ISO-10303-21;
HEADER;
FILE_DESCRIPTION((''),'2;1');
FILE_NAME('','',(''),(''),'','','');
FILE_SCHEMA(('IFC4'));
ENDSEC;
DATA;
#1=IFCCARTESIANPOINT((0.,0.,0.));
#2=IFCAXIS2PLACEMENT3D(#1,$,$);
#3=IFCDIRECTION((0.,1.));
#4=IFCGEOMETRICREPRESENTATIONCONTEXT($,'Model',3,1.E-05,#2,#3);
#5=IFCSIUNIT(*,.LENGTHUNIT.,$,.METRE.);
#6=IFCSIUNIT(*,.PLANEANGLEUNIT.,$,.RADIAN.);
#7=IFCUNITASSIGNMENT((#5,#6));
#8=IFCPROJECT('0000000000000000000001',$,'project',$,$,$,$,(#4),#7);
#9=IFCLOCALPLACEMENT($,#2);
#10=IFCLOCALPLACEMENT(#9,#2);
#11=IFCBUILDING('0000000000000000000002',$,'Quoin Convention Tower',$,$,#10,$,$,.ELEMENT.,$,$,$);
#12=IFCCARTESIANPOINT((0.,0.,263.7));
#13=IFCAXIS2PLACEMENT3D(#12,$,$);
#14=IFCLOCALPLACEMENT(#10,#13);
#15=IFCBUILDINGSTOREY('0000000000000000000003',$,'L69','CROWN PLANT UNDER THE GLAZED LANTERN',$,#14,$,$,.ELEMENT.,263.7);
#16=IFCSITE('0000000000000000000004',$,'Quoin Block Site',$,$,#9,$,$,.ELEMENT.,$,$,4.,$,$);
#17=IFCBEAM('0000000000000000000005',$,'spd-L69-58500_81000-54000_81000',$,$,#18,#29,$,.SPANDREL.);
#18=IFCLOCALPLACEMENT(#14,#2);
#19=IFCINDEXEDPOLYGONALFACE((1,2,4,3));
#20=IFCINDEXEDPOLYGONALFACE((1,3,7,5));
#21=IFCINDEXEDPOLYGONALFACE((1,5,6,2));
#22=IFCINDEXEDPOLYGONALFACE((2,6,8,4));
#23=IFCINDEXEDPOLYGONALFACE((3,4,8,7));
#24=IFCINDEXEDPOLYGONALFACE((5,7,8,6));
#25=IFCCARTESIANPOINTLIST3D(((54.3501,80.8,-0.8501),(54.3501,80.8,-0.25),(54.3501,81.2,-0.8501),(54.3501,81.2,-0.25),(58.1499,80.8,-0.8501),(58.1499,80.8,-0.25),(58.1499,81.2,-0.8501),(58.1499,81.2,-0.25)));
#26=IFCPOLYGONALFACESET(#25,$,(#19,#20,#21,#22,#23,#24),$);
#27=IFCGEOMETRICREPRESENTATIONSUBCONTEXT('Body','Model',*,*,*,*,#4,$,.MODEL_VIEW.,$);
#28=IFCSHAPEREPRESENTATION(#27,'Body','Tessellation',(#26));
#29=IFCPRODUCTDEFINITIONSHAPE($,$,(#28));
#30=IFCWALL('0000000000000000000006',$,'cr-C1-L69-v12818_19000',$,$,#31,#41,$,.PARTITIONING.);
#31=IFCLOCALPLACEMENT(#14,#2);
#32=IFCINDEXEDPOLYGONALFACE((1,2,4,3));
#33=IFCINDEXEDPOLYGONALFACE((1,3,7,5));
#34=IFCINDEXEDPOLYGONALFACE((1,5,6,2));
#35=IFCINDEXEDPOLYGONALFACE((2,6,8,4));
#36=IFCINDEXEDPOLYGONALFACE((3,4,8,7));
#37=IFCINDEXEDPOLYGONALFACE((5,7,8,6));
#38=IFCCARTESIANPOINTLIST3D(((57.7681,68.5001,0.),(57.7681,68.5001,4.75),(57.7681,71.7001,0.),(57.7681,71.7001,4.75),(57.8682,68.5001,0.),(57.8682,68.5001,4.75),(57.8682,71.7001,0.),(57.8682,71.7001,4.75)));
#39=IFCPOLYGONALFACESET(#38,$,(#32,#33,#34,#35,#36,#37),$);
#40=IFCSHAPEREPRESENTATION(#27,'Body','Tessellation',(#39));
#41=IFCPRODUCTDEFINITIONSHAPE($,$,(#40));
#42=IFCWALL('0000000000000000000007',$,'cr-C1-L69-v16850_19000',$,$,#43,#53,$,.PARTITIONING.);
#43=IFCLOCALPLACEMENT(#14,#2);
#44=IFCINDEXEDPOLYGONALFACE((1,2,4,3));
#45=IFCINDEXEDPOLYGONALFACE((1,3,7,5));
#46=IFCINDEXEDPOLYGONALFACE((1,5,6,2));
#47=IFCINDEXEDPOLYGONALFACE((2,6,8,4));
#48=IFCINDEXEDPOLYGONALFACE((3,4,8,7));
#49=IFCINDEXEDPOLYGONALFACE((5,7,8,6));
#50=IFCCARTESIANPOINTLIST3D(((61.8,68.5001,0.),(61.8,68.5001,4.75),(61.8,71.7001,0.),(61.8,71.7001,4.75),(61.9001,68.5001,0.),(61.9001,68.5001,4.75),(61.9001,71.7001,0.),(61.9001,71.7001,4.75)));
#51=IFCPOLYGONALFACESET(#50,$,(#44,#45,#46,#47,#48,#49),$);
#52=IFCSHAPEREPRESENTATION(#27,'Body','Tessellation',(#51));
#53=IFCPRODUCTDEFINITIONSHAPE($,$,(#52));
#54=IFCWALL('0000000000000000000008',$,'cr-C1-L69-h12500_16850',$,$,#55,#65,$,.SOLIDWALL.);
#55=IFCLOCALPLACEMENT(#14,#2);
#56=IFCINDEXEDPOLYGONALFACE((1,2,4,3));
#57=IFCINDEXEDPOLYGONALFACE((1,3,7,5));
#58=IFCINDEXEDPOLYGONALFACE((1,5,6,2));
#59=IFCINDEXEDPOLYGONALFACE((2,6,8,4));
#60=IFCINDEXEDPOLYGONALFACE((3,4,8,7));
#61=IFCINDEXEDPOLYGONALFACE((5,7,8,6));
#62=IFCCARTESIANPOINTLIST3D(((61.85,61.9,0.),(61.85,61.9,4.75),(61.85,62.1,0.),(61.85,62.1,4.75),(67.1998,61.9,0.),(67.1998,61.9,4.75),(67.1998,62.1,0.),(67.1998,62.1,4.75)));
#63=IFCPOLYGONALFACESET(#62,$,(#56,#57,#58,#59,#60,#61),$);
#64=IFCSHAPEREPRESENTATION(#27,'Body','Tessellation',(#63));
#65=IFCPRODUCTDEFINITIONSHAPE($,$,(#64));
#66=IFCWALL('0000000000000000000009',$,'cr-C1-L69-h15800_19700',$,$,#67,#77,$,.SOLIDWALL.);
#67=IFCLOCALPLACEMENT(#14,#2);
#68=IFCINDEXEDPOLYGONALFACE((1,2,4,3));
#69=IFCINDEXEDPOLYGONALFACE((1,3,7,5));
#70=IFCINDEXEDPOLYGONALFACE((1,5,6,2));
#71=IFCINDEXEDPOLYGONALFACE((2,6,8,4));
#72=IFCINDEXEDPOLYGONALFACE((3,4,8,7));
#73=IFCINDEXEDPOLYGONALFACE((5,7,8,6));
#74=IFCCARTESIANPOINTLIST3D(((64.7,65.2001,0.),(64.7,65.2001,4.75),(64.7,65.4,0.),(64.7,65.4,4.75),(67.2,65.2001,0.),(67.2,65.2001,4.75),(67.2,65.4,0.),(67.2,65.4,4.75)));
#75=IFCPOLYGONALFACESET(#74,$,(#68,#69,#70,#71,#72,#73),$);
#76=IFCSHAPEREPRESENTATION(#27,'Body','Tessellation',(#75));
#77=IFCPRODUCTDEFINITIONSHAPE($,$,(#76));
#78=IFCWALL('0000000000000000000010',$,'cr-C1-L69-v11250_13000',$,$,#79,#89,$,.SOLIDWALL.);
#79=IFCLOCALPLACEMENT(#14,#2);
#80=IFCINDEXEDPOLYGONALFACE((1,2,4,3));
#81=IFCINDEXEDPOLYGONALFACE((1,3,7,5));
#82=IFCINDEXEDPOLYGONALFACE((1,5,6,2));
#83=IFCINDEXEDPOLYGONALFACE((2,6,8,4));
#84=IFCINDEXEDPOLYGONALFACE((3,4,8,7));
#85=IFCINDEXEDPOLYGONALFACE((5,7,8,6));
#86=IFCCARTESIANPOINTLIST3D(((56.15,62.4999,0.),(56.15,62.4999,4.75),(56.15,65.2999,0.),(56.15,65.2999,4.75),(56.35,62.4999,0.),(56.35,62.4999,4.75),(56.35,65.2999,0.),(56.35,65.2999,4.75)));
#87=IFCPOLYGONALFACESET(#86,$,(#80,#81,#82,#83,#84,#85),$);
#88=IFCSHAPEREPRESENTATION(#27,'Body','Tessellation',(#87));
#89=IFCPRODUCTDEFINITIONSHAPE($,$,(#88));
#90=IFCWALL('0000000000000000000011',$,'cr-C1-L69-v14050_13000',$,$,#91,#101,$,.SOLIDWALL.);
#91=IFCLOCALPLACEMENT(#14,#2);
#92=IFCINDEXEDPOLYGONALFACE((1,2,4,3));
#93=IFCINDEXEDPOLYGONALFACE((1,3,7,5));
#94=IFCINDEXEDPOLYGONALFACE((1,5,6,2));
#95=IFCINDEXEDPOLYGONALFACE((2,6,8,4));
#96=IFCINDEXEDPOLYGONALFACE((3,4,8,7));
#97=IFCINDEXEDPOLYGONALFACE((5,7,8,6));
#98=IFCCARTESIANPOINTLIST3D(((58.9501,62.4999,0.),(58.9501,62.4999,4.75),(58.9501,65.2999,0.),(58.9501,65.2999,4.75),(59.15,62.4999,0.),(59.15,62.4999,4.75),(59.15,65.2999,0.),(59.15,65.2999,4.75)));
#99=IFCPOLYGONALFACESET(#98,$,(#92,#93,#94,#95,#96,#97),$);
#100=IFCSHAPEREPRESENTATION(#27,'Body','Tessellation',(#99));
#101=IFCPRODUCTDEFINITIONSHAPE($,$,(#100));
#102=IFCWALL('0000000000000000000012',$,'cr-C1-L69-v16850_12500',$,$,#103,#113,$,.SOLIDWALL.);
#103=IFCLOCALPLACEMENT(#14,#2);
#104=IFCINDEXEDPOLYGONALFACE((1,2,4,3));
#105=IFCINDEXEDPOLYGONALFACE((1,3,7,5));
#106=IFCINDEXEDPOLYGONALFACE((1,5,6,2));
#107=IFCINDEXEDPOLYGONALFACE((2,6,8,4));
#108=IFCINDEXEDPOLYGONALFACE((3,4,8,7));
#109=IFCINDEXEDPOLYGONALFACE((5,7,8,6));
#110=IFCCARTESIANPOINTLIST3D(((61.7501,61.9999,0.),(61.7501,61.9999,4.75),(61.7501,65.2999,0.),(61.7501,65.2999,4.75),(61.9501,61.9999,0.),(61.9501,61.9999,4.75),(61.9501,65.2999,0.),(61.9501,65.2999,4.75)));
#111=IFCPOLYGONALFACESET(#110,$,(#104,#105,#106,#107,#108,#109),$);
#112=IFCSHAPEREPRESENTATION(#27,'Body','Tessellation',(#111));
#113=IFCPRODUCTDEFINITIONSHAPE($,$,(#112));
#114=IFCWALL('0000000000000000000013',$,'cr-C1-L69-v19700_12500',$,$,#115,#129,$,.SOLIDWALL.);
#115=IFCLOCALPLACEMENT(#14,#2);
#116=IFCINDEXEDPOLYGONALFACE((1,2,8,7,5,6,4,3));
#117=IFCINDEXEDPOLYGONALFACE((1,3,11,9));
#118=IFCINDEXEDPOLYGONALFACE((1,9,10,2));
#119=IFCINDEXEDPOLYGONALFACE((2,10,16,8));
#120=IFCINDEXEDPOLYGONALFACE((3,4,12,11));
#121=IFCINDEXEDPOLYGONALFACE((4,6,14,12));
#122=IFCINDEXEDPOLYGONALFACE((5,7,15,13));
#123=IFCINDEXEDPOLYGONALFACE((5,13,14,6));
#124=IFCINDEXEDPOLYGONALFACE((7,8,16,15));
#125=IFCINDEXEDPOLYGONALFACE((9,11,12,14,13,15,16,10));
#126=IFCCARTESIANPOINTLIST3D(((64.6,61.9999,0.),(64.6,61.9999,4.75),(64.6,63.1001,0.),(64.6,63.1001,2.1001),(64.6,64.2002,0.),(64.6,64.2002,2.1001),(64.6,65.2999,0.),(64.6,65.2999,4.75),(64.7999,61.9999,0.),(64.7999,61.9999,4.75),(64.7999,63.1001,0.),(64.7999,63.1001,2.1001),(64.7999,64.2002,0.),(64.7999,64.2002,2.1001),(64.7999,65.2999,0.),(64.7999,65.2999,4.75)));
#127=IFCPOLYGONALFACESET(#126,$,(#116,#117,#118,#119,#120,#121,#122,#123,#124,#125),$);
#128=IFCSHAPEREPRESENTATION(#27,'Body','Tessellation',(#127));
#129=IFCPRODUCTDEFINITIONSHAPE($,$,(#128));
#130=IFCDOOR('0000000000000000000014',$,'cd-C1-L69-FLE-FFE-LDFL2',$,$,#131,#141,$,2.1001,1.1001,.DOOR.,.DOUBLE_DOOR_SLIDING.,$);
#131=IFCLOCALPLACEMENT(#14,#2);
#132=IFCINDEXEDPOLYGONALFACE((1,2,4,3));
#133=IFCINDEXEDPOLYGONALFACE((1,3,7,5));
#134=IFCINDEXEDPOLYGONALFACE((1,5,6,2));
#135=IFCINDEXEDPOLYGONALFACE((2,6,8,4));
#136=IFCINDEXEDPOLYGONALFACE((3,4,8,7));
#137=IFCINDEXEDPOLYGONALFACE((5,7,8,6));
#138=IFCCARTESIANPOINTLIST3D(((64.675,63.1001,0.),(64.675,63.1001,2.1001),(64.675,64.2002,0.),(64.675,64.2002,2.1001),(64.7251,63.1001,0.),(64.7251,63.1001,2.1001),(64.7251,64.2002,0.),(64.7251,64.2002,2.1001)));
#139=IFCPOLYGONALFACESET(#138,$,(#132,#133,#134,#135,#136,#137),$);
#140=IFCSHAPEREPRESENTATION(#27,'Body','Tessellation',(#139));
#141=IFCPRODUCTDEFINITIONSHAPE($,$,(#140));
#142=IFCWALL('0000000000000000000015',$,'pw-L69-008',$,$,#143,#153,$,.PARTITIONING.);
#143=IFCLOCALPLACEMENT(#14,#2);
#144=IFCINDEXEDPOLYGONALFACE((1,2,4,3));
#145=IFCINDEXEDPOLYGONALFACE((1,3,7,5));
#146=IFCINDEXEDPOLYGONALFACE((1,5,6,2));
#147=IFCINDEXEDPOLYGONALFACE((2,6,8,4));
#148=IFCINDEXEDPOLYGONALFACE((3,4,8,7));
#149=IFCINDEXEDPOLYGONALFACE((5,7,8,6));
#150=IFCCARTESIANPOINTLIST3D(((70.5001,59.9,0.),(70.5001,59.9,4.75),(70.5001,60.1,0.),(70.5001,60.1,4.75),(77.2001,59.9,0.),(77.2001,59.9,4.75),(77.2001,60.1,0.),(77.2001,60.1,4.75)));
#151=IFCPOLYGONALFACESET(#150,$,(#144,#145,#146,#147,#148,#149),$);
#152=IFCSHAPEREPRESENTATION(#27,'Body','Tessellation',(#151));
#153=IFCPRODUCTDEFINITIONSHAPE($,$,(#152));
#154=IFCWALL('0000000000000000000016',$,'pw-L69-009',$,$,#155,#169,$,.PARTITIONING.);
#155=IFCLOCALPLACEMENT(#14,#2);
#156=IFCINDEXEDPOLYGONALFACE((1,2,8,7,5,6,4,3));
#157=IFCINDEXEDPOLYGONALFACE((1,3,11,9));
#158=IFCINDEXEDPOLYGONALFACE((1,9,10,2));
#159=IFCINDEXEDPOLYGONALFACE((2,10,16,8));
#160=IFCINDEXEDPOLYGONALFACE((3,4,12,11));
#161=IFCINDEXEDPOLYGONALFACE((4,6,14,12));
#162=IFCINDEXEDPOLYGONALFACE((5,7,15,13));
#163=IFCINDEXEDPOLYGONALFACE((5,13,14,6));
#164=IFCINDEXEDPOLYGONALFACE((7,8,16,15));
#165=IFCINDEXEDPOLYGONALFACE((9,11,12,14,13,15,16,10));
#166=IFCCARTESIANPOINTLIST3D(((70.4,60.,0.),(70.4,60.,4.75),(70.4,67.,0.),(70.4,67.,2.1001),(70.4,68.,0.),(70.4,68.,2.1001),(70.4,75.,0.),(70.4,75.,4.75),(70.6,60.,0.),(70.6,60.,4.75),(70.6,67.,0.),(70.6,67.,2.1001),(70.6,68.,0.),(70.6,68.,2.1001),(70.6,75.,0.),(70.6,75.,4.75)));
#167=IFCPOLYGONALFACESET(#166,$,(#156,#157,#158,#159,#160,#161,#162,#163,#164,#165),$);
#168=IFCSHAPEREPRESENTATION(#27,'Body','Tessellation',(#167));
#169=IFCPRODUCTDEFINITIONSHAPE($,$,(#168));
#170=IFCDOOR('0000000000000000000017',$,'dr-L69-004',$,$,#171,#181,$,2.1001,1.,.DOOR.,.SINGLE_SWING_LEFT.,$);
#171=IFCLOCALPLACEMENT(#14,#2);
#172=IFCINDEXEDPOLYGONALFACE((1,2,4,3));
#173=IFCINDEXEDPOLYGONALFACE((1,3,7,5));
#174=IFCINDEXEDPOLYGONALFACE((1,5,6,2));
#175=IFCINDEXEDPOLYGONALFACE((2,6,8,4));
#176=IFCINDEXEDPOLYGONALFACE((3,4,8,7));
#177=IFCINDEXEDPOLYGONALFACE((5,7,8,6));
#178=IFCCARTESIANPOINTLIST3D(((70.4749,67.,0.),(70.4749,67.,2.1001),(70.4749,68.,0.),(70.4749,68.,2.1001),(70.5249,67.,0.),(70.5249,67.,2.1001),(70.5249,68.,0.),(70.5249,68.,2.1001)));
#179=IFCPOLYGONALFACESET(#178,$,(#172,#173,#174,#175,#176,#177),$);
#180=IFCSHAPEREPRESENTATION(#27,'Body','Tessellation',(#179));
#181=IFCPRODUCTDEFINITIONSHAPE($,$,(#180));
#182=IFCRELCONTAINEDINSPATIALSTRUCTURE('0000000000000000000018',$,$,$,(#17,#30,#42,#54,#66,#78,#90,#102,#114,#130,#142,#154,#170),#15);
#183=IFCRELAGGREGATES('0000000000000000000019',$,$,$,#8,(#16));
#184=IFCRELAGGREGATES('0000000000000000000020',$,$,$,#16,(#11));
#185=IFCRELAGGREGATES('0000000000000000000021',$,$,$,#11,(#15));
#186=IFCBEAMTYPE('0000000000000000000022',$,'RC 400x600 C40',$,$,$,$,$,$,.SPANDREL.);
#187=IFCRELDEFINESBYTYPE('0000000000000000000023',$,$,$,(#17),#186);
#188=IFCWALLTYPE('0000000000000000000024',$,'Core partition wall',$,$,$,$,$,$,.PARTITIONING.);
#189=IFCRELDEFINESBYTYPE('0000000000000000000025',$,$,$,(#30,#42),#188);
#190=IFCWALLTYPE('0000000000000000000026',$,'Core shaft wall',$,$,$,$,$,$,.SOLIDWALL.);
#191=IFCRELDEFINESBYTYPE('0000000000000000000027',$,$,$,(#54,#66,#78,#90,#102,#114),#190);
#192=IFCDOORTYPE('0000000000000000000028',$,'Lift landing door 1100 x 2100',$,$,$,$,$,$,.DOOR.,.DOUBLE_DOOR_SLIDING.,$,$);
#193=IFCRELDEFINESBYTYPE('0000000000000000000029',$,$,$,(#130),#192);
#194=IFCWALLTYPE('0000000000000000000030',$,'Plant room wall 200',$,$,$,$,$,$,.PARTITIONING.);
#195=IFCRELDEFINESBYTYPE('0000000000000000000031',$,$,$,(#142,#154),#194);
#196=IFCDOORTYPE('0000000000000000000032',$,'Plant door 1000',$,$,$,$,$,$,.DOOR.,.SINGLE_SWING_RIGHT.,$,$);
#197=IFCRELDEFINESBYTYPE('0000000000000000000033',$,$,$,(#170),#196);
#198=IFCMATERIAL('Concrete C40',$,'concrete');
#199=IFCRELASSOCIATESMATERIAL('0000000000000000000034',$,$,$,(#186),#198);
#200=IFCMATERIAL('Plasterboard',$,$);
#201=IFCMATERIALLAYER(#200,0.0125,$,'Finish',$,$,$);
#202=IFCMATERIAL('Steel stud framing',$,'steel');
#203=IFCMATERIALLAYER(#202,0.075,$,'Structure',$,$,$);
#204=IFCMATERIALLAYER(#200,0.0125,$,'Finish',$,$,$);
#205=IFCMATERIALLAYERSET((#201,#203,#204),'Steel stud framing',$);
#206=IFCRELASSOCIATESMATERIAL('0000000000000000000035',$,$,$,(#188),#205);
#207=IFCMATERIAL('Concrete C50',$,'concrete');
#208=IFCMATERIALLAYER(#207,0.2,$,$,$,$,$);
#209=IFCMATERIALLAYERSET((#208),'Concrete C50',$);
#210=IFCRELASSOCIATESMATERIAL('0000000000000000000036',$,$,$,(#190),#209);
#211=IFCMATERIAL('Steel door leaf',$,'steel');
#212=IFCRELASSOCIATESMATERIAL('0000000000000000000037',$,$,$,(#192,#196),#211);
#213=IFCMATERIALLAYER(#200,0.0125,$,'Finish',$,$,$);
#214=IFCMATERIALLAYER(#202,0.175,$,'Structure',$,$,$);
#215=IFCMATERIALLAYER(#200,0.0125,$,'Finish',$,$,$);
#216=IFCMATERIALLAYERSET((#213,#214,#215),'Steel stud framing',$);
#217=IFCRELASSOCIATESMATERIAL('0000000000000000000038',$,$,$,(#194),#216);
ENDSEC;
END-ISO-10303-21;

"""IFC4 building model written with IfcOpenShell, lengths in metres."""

from ifc_helpers import new_model, si_unit, direction, frame, frame_2d, origin, origin_2d, place, context, subcontext, project, spatial, rectangle, extrude, material, layer, layer_set, material_profile, profile_set, type_object, element, fill, save


model = new_model("IFC4")

# Units and contexts
model_context = context("Model", 3, precision=1e-05, world=origin(), true_north=direction((0.0, 1.0)))
body_context = subcontext(model_context, "Body", "Model", "MODEL_VIEW")
ifc_project = project(units=[si_unit("LENGTHUNIT", "METRE"), si_unit("PLANEANGLEUNIT", "RADIAN")], contexts=[model_context])

# Site, building, storey
site_placement = place(None, origin())
site = spatial("IfcSite", under=ifc_project, at=site_placement, Name="Quoin Block Site", CompositionType="ELEMENT", RefElevation=4.0)
building_placement = place(site_placement, origin())
building = spatial("IfcBuilding", under=site, at=building_placement, Name="Quoin Convention Tower", CompositionType="ELEMENT")
storey_placement = place(building_placement, frame((0.0, 0.0, 263.7)))
storey = spatial("IfcBuildingStorey", under=building, at=storey_placement, Name="L69", Description="CROWN PLANT UNDER THE GLAZED LANTERN", CompositionType="ELEMENT", Elevation=263.7)

# Beam
ifc_material_1 = material(Name="Concrete C40", Category="concrete")
ifc_material_profile_1 = material_profile(ifc_material_1, rectangle(XDim=0.3999, YDim=0.6001, at=origin_2d()), Name="RC 400x600")
ifc_profile_set_1 = profile_set([ifc_material_profile_1], Name="Concrete C40")
beam_type_1 = type_object("IfcBeamType", Name="RC 400x600 C40", PredefinedType="SPANDREL", material=ifc_profile_set_1)
beam_1_placement = place(storey_placement, frame((58.1499, 81.0, -0.55), z_axis=(-1.0, 0.0, 0.0), x_axis=(0.0, -1.0, 0.0)))
element("IfcBeam", 1, at=beam_1_placement, inside=storey, type_object=beam_type_1, Name="spd-L69-58500_81000-54000_81000", PredefinedType="SPANDREL", context=body_context, shape_type="SweptSolid", body=[
    extrude(rectangle(XDim=0.3999, YDim=0.6001, at=origin_2d()), origin(), (0.0, 0.0, 1.0), 3.7998),
])

# Walls
ifc_material_2 = material(Name="Plasterboard")
ifc_layer_1 = layer(ifc_material_2, 0.0125, Name="Finish")
ifc_material_3 = material(Name="Steel stud framing", Category="steel")
ifc_layer_2 = layer(ifc_material_3, 0.075, Name="Structure")
ifc_layer_3 = layer(ifc_material_2, 0.0125, Name="Finish")
ifc_layer_set_1 = layer_set([ifc_layer_1, ifc_layer_2, ifc_layer_3], Name="Steel stud framing")
wall_type_1 = type_object("IfcWallType", Name="Core partition wall", PredefinedType="PARTITIONING", material=ifc_layer_set_1)
for number, where, z_axis, x_axis, name in (
    (2, (57.8181, 68.5, 0.0), (0.0, 0.0, 1.0), (0.0, 1.0, 0.0), "cr-C1-L69-v12818_19000"),
    (3, (61.8501, 68.5, 0.0), (0.0, 0.0, 1.0), (0.0, 1.0, 0.0), "cr-C1-L69-v16850_19000"),
):
    element("IfcWall", number, at=place(storey_placement, frame(where, z_axis=z_axis, x_axis=x_axis)), inside=storey, type_object=wall_type_1, Name=name, PredefinedType="PARTITIONING", context=body_context, shape_type="SweptSolid", body=[
        extrude(rectangle(XDim=3.2, YDim=0.1001, at=frame_2d((1.6001, 0.0))), origin(), (0.0, 0.0, 1.0), 4.75),
    ])
ifc_material_4 = material(Name="Concrete C50", Category="concrete")
ifc_layer_4 = layer(ifc_material_4, 0.2)
ifc_layer_set_2 = layer_set([ifc_layer_4], Name="Concrete C50")
wall_type_2 = type_object("IfcWallType", Name="Core shaft wall", PredefinedType="SOLIDWALL", material=ifc_layer_set_2)
wall_1_placement = place(storey_placement, frame((61.8501, 62.0, 0.0), z_axis=(0.0, 0.0, 1.0), x_axis=(1.0, 0.0, 0.0)))
element("IfcWall", 4, at=wall_1_placement, inside=storey, type_object=wall_type_2, Name="cr-C1-L69-h12500_16850", PredefinedType="SOLIDWALL", context=body_context, shape_type="SweptSolid", body=[
    extrude(rectangle(XDim=5.3499, YDim=0.2, at=frame_2d((2.6748, 0.0))), origin(), (0.0, 0.0, 1.0), 4.75),
])
wall_2_placement = place(storey_placement, frame((64.7, 65.3, 0.0), z_axis=(0.0, 0.0, 1.0), x_axis=(1.0, 0.0, 0.0)))
element("IfcWall", 5, at=wall_2_placement, inside=storey, type_object=wall_type_2, Name="cr-C1-L69-h15800_19700", PredefinedType="SOLIDWALL", context=body_context, shape_type="SweptSolid", body=[
    extrude(rectangle(XDim=2.5, YDim=0.2, at=frame_2d((1.25, 0.0))), origin(), (0.0, 0.0, 1.0), 4.75),
])
for number, where, z_axis, x_axis, name in (
    (6, (56.25, 62.5, 0.0), (0.0, 0.0, 1.0), (0.0, 1.0, 0.0), "cr-C1-L69-v11250_13000"),
    (7, (59.05, 62.5, 0.0), (0.0, 0.0, 1.0), (0.0, 1.0, 0.0), "cr-C1-L69-v14050_13000"),
):
    element("IfcWall", number, at=place(storey_placement, frame(where, z_axis=z_axis, x_axis=x_axis)), inside=storey, type_object=wall_type_2, Name=name, PredefinedType="SOLIDWALL", context=body_context, shape_type="SweptSolid", body=[
        extrude(rectangle(XDim=2.8, YDim=0.2, at=frame_2d((1.3999, 0.0))), origin(), (0.0, 0.0, 1.0), 4.75),
    ])
wall_3_placement = place(storey_placement, frame((61.8501, 62.0, 0.0), z_axis=(0.0, 0.0, 1.0), x_axis=(0.0, 1.0, 0.0)))
element("IfcWall", 8, at=wall_3_placement, inside=storey, type_object=wall_type_2, Name="cr-C1-L69-v16850_12500", PredefinedType="SOLIDWALL", context=body_context, shape_type="SweptSolid", body=[
    extrude(rectangle(XDim=3.3, YDim=0.2, at=frame_2d((1.6499, 0.0))), origin(), (0.0, 0.0, 1.0), 4.75),
])

# Wall, opening, door
wall_4_placement = place(storey_placement, frame((64.7, 62.0, 0.0), z_axis=(0.0, 0.0, 1.0), x_axis=(0.0, 1.0, 0.0)))
wall_4 = element("IfcWall", 9, at=wall_4_placement, inside=storey, type_object=wall_type_2, Name="cr-C1-L69-v19700_12500", PredefinedType="SOLIDWALL", context=body_context, shape_type="SweptSolid", body=[
    extrude(rectangle(XDim=3.3, YDim=0.2, at=frame_2d((1.6499, 0.0))), origin(), (0.0, 0.0, 1.0), 4.75),
])
opening_1_placement = place(wall_4_placement, frame((1.1001, 0.0, 0.0)))
opening_1 = element("IfcOpeningElement", 10, at=opening_1_placement, cuts=wall_4, PredefinedType="OPENING", context=body_context, shape_type="SweptSolid", body=[
    extrude(rectangle(XDim=1.1001, YDim=2.1001, at=frame_2d((0.55, 1.05))), frame((0.0, 0.1099, 0.0), z_axis=(0.0, -1.0, 0.0), x_axis=(1.0, 0.0, 0.0)), (0.0, 0.0, 1.0), 0.22),
])
ifc_material_5 = material(Name="Steel door leaf", Category="steel")
door_type_1 = type_object("IfcDoorType", Name="Lift landing door 1100 x 2100", OperationType="DOUBLE_DOOR_SLIDING", PredefinedType="DOOR", material=ifc_material_5)
door_1_placement = place(opening_1_placement, origin())
door_1 = element("IfcDoor", 11, at=door_1_placement, inside=storey, type_object=door_type_1, Name="cd-C1-L69-FLE-FFE-LDFL2", OperationType="DOUBLE_DOOR_SLIDING", OverallHeight=2.1001, OverallWidth=1.1001, PredefinedType="DOOR", context=body_context, shape_type="SweptSolid", body=[
    extrude(rectangle(XDim=1.1001, YDim=2.1001, at=frame_2d((0.55, 1.05))), frame((0.0, 0.0249, 0.0), z_axis=(0.0, -1.0, 0.0), x_axis=(1.0, 0.0, 0.0)), (0.0, 0.0, 1.0), 0.05),
])
fill(opening_1, door_1)

# Wall
ifc_layer_5 = layer(ifc_material_2, 0.0125, Name="Finish")
ifc_layer_6 = layer(ifc_material_3, 0.175, Name="Structure")
ifc_layer_7 = layer(ifc_material_2, 0.0125, Name="Finish")
ifc_layer_set_3 = layer_set([ifc_layer_5, ifc_layer_6, ifc_layer_7], Name="Steel stud framing")
wall_type_3 = type_object("IfcWallType", Name="Plant room wall 200", PredefinedType="PARTITIONING", material=ifc_layer_set_3)
wall_5_placement = place(storey_placement, frame((70.5, 60.0, 0.0), z_axis=(0.0, 0.0, 1.0), x_axis=(1.0, 0.0, 0.0)))
element("IfcWall", 12, at=wall_5_placement, inside=storey, type_object=wall_type_3, Name="pw-L69-008", PredefinedType="PARTITIONING", context=body_context, shape_type="SweptSolid", body=[
    extrude(rectangle(XDim=6.7, YDim=0.2, at=frame_2d((3.3501, 0.0))), origin(), (0.0, 0.0, 1.0), 4.75),
])

# Wall, opening, door
wall_6_placement = place(storey_placement, frame((70.5, 60.0, 0.0), z_axis=(0.0, 0.0, 1.0), x_axis=(0.0, 1.0, 0.0)))
wall_6 = element("IfcWall", 13, at=wall_6_placement, inside=storey, type_object=wall_type_3, Name="pw-L69-009", PredefinedType="PARTITIONING", context=body_context, shape_type="SweptSolid", body=[
    extrude(rectangle(XDim=15.0, YDim=0.2, at=frame_2d((7.5, 0.0))), origin(), (0.0, 0.0, 1.0), 4.75),
])
opening_2_placement = place(wall_6_placement, frame((7.0, 0.0, 0.0)))
opening_2 = element("IfcOpeningElement", 14, at=opening_2_placement, cuts=wall_6, PredefinedType="OPENING", context=body_context, shape_type="SweptSolid", body=[
    extrude(rectangle(XDim=1.0, YDim=2.1001, at=frame_2d((0.5, 1.05))), frame((0.0, 0.1099, 0.0), z_axis=(0.0, -1.0, 0.0), x_axis=(1.0, 0.0, 0.0)), (0.0, 0.0, 1.0), 0.22),
])
door_type_2 = type_object("IfcDoorType", Name="Plant door 1000", OperationType="SINGLE_SWING_RIGHT", PredefinedType="DOOR", material=ifc_material_5)
door_2_placement = place(opening_2_placement, frame((1.0, 0.0, 0.0), z_axis=(0.0, 0.0, 1.0), x_axis=(-1.0, 0.0, 0.0)))
door_2 = element("IfcDoor", 15, at=door_2_placement, inside=storey, type_object=door_type_2, Name="dr-L69-004", OperationType="SINGLE_SWING_LEFT", OverallHeight=2.1001, OverallWidth=1.0, PredefinedType="DOOR", context=body_context, shape_type="SweptSolid", body=[
    extrude(rectangle(XDim=1.0, YDim=2.1001, at=frame_2d((0.5, 1.05))), frame((0.0, 0.0249, 0.0), z_axis=(0.0, -1.0, 0.0), x_axis=(1.0, 0.0, 0.0)), (0.0, 0.0, 1.0), 0.05),
])
fill(opening_2, door_2)

save(model, "model.ifc")
